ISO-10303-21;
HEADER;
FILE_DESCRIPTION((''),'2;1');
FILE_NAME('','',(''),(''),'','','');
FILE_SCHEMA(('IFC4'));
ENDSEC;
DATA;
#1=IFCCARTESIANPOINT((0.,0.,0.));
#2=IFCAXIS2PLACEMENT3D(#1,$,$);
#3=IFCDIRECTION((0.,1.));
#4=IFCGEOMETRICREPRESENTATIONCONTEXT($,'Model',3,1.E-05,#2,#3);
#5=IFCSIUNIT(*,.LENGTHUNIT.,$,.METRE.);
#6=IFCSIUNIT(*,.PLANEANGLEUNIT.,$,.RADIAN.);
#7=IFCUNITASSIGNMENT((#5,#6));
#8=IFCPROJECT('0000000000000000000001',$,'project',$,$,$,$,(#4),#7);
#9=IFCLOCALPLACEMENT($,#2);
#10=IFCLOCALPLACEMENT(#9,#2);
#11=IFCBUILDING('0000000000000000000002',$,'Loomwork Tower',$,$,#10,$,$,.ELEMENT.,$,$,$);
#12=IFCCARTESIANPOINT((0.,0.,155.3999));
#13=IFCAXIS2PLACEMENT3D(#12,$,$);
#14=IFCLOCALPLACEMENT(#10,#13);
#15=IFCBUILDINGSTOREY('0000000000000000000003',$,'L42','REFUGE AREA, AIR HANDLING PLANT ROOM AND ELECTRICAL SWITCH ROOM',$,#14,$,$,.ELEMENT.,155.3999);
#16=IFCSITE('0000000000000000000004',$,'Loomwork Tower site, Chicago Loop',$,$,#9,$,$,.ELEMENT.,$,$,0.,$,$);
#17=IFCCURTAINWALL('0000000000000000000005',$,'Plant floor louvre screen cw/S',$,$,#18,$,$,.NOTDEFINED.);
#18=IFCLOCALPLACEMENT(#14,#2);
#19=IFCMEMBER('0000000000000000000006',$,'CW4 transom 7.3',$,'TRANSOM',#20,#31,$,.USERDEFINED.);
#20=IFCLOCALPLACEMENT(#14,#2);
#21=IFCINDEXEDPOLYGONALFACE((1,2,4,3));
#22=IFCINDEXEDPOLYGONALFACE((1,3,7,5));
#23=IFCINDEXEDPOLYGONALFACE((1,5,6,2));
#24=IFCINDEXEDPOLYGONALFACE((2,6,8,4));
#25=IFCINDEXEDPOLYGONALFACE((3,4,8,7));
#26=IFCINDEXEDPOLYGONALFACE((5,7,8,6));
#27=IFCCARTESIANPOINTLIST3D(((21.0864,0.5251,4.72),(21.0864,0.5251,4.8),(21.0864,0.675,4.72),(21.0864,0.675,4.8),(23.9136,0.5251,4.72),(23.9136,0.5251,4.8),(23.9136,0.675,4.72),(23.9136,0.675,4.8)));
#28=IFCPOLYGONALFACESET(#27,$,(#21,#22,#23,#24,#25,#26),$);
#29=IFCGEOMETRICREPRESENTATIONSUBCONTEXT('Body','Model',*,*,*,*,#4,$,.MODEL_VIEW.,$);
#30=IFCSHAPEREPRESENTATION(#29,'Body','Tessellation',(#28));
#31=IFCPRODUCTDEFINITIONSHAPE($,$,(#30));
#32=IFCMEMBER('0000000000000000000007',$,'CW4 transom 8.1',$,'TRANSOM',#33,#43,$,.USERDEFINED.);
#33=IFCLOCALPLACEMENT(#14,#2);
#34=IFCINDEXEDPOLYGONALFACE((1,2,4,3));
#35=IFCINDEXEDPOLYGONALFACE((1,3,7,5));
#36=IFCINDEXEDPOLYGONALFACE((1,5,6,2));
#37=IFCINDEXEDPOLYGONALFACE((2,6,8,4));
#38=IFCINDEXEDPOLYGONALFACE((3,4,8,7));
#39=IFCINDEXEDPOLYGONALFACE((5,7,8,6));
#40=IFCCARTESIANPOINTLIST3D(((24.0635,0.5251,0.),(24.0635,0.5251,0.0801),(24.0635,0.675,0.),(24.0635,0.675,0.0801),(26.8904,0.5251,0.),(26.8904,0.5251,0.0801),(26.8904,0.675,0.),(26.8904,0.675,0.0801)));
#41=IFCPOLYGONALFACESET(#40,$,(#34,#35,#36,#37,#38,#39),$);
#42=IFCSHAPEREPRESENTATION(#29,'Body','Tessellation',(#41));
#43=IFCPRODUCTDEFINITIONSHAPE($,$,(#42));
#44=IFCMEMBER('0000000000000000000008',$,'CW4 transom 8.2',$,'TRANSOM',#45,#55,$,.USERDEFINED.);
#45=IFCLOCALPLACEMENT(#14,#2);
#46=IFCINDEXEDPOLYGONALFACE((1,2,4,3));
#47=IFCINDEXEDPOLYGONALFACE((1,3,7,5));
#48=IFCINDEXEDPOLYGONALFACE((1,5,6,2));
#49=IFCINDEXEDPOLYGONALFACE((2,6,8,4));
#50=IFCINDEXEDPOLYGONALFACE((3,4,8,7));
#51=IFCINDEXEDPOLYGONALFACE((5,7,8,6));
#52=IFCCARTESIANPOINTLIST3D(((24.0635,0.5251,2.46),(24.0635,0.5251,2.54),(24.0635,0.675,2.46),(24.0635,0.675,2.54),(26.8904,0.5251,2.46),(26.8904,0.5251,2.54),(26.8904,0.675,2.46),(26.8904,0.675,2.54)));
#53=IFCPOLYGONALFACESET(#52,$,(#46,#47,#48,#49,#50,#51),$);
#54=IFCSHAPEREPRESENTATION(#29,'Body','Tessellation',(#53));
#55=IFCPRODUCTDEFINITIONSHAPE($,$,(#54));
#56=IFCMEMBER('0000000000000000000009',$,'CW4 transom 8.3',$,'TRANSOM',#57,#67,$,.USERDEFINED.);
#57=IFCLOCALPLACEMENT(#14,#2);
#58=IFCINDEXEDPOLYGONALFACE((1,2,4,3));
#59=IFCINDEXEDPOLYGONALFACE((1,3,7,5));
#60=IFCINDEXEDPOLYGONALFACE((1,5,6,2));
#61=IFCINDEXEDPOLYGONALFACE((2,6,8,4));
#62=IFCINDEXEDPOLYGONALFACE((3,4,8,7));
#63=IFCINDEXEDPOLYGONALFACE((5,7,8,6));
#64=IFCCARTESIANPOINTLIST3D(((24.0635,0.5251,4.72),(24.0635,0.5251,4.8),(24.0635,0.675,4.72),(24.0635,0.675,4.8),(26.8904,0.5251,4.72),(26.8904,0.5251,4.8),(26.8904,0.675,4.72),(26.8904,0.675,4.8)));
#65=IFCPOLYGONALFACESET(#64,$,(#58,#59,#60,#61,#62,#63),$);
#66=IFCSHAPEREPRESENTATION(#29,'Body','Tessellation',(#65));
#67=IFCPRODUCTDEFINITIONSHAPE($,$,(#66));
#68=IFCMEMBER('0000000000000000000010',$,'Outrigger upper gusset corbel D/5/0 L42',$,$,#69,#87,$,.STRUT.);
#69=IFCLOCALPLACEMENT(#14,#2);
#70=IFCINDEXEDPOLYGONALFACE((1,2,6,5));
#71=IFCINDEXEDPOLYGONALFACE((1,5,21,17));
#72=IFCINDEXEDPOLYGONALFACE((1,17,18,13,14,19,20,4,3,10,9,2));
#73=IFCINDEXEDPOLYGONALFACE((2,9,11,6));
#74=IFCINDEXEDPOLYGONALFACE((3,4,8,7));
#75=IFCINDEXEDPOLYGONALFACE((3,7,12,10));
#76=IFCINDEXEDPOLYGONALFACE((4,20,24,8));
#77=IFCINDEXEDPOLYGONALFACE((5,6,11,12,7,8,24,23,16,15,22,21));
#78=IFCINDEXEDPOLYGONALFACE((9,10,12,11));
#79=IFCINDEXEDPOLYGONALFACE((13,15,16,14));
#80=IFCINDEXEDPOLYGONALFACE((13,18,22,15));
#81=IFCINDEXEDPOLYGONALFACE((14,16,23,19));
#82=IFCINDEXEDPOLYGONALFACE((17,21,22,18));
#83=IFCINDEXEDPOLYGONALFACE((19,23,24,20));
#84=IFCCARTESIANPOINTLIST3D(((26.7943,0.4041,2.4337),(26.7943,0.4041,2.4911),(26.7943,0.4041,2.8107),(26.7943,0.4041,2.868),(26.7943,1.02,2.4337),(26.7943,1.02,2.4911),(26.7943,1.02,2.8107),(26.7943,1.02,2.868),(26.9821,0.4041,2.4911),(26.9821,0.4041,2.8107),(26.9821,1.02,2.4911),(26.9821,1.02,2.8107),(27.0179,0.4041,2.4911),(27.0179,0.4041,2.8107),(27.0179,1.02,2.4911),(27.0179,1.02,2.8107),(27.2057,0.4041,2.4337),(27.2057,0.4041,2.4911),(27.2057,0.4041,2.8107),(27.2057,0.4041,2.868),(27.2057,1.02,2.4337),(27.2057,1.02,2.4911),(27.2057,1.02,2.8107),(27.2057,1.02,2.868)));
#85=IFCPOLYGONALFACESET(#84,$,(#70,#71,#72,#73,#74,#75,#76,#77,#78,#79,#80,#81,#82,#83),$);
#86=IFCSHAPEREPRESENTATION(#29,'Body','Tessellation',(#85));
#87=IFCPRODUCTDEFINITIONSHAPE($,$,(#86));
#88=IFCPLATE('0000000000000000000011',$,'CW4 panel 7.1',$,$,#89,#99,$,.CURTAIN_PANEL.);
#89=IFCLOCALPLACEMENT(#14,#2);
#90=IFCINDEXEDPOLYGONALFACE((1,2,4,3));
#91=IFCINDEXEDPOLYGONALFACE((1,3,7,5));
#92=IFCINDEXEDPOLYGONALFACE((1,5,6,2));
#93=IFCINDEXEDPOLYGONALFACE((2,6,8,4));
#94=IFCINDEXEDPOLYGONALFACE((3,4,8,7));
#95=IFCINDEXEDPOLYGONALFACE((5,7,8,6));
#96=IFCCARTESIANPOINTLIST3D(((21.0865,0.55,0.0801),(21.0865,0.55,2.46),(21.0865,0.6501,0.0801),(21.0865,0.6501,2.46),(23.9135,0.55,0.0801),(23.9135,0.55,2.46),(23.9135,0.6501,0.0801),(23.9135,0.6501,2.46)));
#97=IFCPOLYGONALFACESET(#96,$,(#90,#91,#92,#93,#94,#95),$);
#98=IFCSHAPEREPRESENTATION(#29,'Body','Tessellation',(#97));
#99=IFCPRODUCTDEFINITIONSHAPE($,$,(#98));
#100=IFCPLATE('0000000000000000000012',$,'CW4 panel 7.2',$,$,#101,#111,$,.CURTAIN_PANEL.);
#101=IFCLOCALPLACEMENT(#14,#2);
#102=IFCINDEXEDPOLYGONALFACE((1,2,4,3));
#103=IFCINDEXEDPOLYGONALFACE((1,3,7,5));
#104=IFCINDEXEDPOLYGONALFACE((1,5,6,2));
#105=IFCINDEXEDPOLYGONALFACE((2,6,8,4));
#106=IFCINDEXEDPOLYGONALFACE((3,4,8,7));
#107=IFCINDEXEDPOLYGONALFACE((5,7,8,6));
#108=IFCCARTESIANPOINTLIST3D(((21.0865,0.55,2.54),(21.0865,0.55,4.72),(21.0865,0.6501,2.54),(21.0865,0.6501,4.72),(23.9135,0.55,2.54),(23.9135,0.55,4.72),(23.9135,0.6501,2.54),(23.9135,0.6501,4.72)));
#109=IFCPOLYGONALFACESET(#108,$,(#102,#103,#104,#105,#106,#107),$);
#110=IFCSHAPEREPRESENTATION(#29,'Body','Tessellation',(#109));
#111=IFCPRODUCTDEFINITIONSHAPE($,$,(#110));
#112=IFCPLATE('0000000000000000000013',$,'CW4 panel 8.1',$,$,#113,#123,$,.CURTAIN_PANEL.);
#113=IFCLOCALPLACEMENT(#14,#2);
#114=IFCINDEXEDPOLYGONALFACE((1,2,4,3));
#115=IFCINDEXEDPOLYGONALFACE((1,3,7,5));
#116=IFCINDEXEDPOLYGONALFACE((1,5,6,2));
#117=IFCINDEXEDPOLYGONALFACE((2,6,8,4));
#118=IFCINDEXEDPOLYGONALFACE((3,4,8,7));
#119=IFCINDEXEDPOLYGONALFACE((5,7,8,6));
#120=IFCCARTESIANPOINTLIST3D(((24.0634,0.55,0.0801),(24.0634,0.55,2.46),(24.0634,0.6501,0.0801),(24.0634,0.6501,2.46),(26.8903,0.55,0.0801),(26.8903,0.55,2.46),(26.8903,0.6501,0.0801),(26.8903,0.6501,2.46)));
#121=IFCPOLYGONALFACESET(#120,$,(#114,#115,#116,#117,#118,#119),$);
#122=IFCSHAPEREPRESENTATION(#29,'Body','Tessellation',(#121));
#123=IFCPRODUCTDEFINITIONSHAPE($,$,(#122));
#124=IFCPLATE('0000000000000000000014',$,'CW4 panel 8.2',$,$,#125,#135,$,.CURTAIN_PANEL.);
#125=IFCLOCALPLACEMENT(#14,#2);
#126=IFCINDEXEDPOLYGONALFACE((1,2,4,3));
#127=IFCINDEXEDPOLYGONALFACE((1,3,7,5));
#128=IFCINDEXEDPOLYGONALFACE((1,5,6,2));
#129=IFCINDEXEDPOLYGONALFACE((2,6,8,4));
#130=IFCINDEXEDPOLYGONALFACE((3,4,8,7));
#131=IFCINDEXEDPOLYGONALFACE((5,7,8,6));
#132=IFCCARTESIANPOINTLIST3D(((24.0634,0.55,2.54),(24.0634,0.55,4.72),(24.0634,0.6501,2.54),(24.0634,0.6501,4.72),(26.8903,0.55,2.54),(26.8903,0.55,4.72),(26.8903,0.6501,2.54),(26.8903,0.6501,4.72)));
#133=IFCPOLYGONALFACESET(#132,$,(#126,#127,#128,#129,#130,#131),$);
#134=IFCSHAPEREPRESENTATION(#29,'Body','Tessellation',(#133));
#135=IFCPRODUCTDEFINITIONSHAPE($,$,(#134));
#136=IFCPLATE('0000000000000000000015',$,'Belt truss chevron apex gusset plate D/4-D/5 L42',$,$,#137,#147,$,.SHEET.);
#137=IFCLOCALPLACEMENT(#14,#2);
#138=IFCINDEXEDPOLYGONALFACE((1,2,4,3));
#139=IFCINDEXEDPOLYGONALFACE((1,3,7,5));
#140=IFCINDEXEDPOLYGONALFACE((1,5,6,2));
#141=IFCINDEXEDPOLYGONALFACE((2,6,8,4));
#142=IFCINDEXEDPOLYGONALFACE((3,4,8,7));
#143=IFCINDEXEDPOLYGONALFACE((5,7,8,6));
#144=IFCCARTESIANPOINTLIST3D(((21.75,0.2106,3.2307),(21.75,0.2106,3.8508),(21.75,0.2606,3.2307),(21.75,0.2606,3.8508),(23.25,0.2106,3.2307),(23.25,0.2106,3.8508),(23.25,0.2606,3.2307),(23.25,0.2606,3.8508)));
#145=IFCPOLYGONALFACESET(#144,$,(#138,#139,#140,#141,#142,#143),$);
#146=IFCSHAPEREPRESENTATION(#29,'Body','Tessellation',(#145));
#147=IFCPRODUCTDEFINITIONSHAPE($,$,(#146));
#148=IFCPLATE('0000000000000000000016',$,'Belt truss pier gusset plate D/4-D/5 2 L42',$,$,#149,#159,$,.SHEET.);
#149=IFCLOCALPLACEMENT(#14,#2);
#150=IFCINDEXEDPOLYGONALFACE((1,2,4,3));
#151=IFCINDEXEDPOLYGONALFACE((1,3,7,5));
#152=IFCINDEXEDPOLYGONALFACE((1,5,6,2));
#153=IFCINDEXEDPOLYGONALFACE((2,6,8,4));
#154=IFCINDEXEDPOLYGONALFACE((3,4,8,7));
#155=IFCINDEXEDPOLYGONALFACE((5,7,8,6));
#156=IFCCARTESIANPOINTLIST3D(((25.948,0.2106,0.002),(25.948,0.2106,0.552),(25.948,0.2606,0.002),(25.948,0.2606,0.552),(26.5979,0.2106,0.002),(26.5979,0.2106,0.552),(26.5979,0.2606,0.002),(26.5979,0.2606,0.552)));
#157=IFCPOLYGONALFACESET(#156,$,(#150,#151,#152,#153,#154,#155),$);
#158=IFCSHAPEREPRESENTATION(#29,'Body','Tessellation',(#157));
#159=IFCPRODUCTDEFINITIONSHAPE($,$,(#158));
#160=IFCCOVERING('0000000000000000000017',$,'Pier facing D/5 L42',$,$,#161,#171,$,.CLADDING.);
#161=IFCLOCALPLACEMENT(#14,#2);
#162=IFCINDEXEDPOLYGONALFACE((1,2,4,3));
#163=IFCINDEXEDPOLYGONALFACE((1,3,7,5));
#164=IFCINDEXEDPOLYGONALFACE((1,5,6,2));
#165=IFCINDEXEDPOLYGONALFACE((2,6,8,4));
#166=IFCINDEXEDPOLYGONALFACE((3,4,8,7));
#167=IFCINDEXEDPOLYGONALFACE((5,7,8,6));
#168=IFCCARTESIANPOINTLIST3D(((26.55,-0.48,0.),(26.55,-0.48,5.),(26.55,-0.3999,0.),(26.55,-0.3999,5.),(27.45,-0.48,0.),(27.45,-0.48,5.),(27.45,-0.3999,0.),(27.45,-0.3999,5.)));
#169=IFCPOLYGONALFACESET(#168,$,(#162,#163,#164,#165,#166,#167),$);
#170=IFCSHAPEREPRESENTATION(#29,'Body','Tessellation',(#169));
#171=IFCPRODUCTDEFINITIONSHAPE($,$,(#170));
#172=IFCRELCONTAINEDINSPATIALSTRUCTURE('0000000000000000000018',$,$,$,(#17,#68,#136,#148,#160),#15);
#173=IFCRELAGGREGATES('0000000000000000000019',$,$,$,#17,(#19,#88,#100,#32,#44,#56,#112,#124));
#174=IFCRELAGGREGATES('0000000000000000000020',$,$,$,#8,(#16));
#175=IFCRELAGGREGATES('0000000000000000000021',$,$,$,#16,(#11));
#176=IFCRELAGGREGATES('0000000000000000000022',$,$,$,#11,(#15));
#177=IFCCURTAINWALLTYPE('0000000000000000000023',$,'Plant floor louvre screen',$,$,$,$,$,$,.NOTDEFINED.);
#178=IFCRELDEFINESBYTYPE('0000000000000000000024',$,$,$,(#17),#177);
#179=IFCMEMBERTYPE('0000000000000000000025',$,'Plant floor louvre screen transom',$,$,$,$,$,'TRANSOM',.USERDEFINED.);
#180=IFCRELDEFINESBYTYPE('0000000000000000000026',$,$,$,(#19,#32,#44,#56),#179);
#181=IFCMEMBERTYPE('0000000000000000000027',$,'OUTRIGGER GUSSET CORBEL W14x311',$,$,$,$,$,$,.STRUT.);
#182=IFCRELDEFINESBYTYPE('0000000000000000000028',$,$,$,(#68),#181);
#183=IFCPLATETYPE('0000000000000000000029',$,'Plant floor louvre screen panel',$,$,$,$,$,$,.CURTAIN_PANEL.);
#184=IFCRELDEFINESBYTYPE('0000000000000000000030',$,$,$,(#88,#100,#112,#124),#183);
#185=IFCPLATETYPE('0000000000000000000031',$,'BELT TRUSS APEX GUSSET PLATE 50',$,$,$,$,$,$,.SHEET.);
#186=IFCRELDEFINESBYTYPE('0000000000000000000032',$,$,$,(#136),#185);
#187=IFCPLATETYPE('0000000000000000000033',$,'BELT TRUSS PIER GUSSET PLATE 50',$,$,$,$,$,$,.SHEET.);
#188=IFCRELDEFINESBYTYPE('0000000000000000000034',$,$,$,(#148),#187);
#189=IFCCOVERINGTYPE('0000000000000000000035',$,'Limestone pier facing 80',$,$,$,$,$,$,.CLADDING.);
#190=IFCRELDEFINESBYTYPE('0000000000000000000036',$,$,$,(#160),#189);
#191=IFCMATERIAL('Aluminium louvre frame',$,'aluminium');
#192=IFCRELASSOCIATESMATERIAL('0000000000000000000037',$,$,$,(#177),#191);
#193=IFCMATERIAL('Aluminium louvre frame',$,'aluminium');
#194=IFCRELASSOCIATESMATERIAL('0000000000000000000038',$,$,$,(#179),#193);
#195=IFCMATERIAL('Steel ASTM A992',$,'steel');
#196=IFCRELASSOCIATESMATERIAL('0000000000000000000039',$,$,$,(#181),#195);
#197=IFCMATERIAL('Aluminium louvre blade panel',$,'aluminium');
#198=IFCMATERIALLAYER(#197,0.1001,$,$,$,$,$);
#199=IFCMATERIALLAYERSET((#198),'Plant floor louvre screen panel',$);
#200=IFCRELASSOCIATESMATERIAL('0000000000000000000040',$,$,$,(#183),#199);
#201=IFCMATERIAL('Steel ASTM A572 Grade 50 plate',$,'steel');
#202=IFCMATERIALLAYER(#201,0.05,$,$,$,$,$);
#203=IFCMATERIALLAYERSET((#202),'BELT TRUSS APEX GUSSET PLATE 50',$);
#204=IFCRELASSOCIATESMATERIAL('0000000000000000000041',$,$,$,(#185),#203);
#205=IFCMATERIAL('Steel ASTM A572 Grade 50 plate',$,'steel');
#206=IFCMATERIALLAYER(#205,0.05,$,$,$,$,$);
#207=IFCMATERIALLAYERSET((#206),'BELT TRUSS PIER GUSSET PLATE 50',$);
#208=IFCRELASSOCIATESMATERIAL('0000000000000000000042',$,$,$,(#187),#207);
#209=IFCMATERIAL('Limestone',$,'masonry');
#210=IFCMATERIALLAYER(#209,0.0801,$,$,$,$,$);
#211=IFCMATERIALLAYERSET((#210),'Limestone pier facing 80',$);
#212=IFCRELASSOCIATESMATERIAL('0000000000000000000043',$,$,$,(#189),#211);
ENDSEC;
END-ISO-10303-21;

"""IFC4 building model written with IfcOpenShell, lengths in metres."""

from ifc_helpers import new_model, si_unit, direction, frame, origin, origin_2d, place, context, subcontext, project, spatial, rectangle, i_section, extrude, material, layer, layer_set, material_profile, profile_set, type_object, element, aggregate, save


model = new_model("IFC4")

# Units and contexts
model_context = context("Model", 3, precision=1e-05, world=origin(), true_north=direction((0.0, 1.0)))
body_context = subcontext(model_context, "Body", "Model", "MODEL_VIEW")
ifc_project = project(units=[si_unit("LENGTHUNIT", "METRE"), si_unit("PLANEANGLEUNIT", "RADIAN")], contexts=[model_context])

# Site, building, storey
site_placement = place(None, origin())
site = spatial("IfcSite", under=ifc_project, at=site_placement, Name="Loomwork Tower site, Chicago Loop", CompositionType="ELEMENT", RefElevation=0.0)
building_placement = place(site_placement, origin())
building = spatial("IfcBuilding", under=site, at=building_placement, Name="Loomwork Tower", CompositionType="ELEMENT")
storey_placement = place(building_placement, frame((0.0, 0.0, 155.3999)))
storey = spatial("IfcBuildingStorey", under=building, at=storey_placement, Name="L42", Description="REFUGE AREA, AIR HANDLING PLANT ROOM AND ELECTRICAL SWITCH ROOM", CompositionType="ELEMENT", Elevation=155.3999)

# Curtain wall, members
ifc_material_1 = material(Name="Aluminium louvre frame", Category="aluminium")
curtain_wall_type = type_object("IfcCurtainWallType", Name="Plant floor louvre screen", PredefinedType="NOTDEFINED", material=ifc_material_1)
curtain_wall_placement = place(storey_placement, origin())
curtain_wall = element("IfcCurtainWall", 1, at=curtain_wall_placement, inside=storey, type_object=curtain_wall_type, Name="Plant floor louvre screen cw/S", PredefinedType="NOTDEFINED")
ifc_material_2 = material(Name="Aluminium louvre frame", Category="aluminium")
ifc_material_profile_1 = material_profile(ifc_material_2, rectangle(XDim=0.1499, YDim=0.0801, at=origin_2d()), Name="AL 80x150")
ifc_profile_set_1 = profile_set([ifc_material_profile_1], Name="Aluminium louvre frame")
member_type_1 = type_object("IfcMemberType", Name="Plant floor louvre screen transom", ElementType="TRANSOM", PredefinedType="USERDEFINED", material=ifc_profile_set_1)
member_1_placement = place(storey_placement, frame((21.0864, 0.6001, 4.76), z_axis=(1.0, 0.0, 0.0), x_axis=(0.0, 1.0, 0.0)))
member_1 = element("IfcMember", 2, at=member_1_placement, type_object=member_type_1, Name="CW4 transom 7.3", ObjectType="TRANSOM", PredefinedType="USERDEFINED", context=body_context, shape_type="SweptSolid", body=[
    extrude(rectangle(XDim=0.1499, YDim=0.0801, at=origin_2d()), origin(), (0.0, 0.0, 1.0), 2.8271),
])
member_2_placement = place(storey_placement, frame((24.0635, 0.6001, 0.04), z_axis=(1.0, 0.0, 0.0), x_axis=(0.0, 1.0, 0.0)))
member_2 = element("IfcMember", 3, at=member_2_placement, type_object=member_type_1, Name="CW4 transom 8.1", ObjectType="TRANSOM", PredefinedType="USERDEFINED", context=body_context, shape_type="SweptSolid", body=[
    extrude(rectangle(XDim=0.1499, YDim=0.0801, at=origin_2d()), origin(), (0.0, 0.0, 1.0), 2.8269),
])
member_3_placement = place(storey_placement, frame((24.0635, 0.6001, 2.5), z_axis=(1.0, 0.0, 0.0), x_axis=(0.0, 1.0, 0.0)))
member_3 = element("IfcMember", 4, at=member_3_placement, type_object=member_type_1, Name="CW4 transom 8.2", ObjectType="TRANSOM", PredefinedType="USERDEFINED", context=body_context, shape_type="SweptSolid", body=[
    extrude(rectangle(XDim=0.1499, YDim=0.0801, at=origin_2d()), origin(), (0.0, 0.0, 1.0), 2.8269),
])
member_4_placement = place(storey_placement, frame((24.0635, 0.6001, 4.76), z_axis=(1.0, 0.0, 0.0), x_axis=(0.0, 1.0, 0.0)))
member_4 = element("IfcMember", 5, at=member_4_placement, type_object=member_type_1, Name="CW4 transom 8.3", ObjectType="TRANSOM", PredefinedType="USERDEFINED", context=body_context, shape_type="SweptSolid", body=[
    extrude(rectangle(XDim=0.1499, YDim=0.0801, at=origin_2d()), origin(), (0.0, 0.0, 1.0), 2.8269),
])

# Member
ifc_material_3 = material(Name="Steel ASTM A992", Category="steel")
ifc_material_profile_2 = material_profile(ifc_material_3, i_section(OverallWidth=0.4114, OverallDepth=0.4343, WebThickness=0.0359, FlangeThickness=0.0574, at=origin_2d()), Name="W14x311")
ifc_profile_set_2 = profile_set([ifc_material_profile_2], Name="Steel ASTM A992")
member_type_2 = type_object("IfcMemberType", Name="OUTRIGGER GUSSET CORBEL W14x311", PredefinedType="STRUT", material=ifc_profile_set_2)
member_5_placement = place(storey_placement, frame((27.0, 0.4041, 2.6509), z_axis=(0.0, 1.0, 0.0), x_axis=(-1.0, 0.0, 0.0)))
element("IfcMember", 6, at=member_5_placement, inside=storey, type_object=member_type_2, Name="Outrigger upper gusset corbel D/5/0 L42", PredefinedType="STRUT", context=body_context, shape_type="SweptSolid", body=[
    extrude(i_section(OverallWidth=0.4114, OverallDepth=0.4343, WebThickness=0.0359, FlangeThickness=0.0574, at=origin_2d()), origin(), (0.0, 0.0, 1.0), 0.616),
])

# Plates
ifc_material_4 = material(Name="Aluminium louvre blade panel", Category="aluminium")
ifc_layer_1 = layer(ifc_material_4, 0.1001)
ifc_layer_set_1 = layer_set([ifc_layer_1], Name="Plant floor louvre screen panel")
plate_type_1 = type_object("IfcPlateType", Name="Plant floor louvre screen panel", PredefinedType="CURTAIN_PANEL", material=ifc_layer_set_1)
plate_1_placement = place(storey_placement, frame((22.5, 0.6001, 0.0801), z_axis=(0.0, 0.0, 1.0), x_axis=(1.0, 0.0, 0.0)))
plate_1 = element("IfcPlate", 7, at=plate_1_placement, type_object=plate_type_1, Name="CW4 panel 7.1", PredefinedType="CURTAIN_PANEL", context=body_context, shape_type="SweptSolid", body=[
    extrude(rectangle(XDim=2.8269, YDim=0.1001, at=origin_2d()), origin(), (0.0, 0.0, 1.0), 2.3799),
])
plate_2_placement = place(storey_placement, frame((22.5, 0.6001, 2.54), z_axis=(0.0, 0.0, 1.0), x_axis=(1.0, 0.0, 0.0)))
plate_2 = element("IfcPlate", 8, at=plate_2_placement, type_object=plate_type_1, Name="CW4 panel 7.2", PredefinedType="CURTAIN_PANEL", context=body_context, shape_type="SweptSolid", body=[
    extrude(rectangle(XDim=2.8269, YDim=0.1001, at=origin_2d()), origin(), (0.0, 0.0, 1.0), 2.1799),
])
plate_3_placement = place(storey_placement, frame((25.4768, 0.6001, 0.0801), z_axis=(0.0, 0.0, 1.0), x_axis=(1.0, 0.0, 0.0)))
plate_3 = element("IfcPlate", 9, at=plate_3_placement, type_object=plate_type_1, Name="CW4 panel 8.1", PredefinedType="CURTAIN_PANEL", context=body_context, shape_type="SweptSolid", body=[
    extrude(rectangle(XDim=2.8269, YDim=0.1001, at=origin_2d()), origin(), (0.0, 0.0, 1.0), 2.3799),
])
plate_4_placement = place(storey_placement, frame((25.4768, 0.6001, 2.54), z_axis=(0.0, 0.0, 1.0), x_axis=(1.0, 0.0, 0.0)))
plate_4 = element("IfcPlate", 10, at=plate_4_placement, type_object=plate_type_1, Name="CW4 panel 8.2", PredefinedType="CURTAIN_PANEL", context=body_context, shape_type="SweptSolid", body=[
    extrude(rectangle(XDim=2.8269, YDim=0.1001, at=origin_2d()), origin(), (0.0, 0.0, 1.0), 2.1799),
])
aggregate(curtain_wall, [member_1, plate_1, plate_2, member_2, member_3, member_4, plate_3, plate_4])

# Plates
ifc_material_5 = material(Name="Steel ASTM A572 Grade 50 plate", Category="steel")
ifc_layer_2 = layer(ifc_material_5, 0.05)
ifc_layer_set_2 = layer_set([ifc_layer_2], Name="BELT TRUSS APEX GUSSET PLATE 50")
plate_type_2 = type_object("IfcPlateType", Name="BELT TRUSS APEX GUSSET PLATE 50", PredefinedType="SHEET", material=ifc_layer_set_2)
plate_5_placement = place(storey_placement, frame((22.5, 0.2356, 3.2307), z_axis=(0.0, 0.0, 1.0), x_axis=(1.0, 0.0, 0.0)))
element("IfcPlate", 11, at=plate_5_placement, inside=storey, type_object=plate_type_2, Name="Belt truss chevron apex gusset plate D/4-D/5 L42", PredefinedType="SHEET", context=body_context, shape_type="SweptSolid", body=[
    extrude(rectangle(XDim=1.5, YDim=0.05, at=origin_2d()), origin(), (0.0, 0.0, 1.0), 0.6201),
])
ifc_material_6 = material(Name="Steel ASTM A572 Grade 50 plate", Category="steel")
ifc_layer_3 = layer(ifc_material_6, 0.05)
ifc_layer_set_3 = layer_set([ifc_layer_3], Name="BELT TRUSS PIER GUSSET PLATE 50")
plate_type_3 = type_object("IfcPlateType", Name="BELT TRUSS PIER GUSSET PLATE 50", PredefinedType="SHEET", material=ifc_layer_set_3)
plate_6_placement = place(storey_placement, frame((26.2729, 0.2356, 0.002), z_axis=(0.0, 0.0, 1.0), x_axis=(1.0, 0.0, 0.0)))
element("IfcPlate", 12, at=plate_6_placement, inside=storey, type_object=plate_type_3, Name="Belt truss pier gusset plate D/4-D/5 2 L42", PredefinedType="SHEET", context=body_context, shape_type="SweptSolid", body=[
    extrude(rectangle(XDim=0.6499, YDim=0.05, at=origin_2d()), origin(), (0.0, 0.0, 1.0), 0.55),
])

# Covering
ifc_material_7 = material(Name="Limestone", Category="masonry")
ifc_layer_4 = layer(ifc_material_7, 0.0801)
ifc_layer_set_4 = layer_set([ifc_layer_4], Name="Limestone pier facing 80")
covering_type = type_object("IfcCoveringType", Name="Limestone pier facing 80", PredefinedType="CLADDING", material=ifc_layer_set_4)
covering_placement = place(storey_placement, frame((27.0, -0.4399, 0.0), z_axis=(0.0, 0.0, 1.0), x_axis=(1.0, 0.0, 0.0)))
element("IfcCovering", 13, at=covering_placement, inside=storey, type_object=covering_type, Name="Pier facing D/5 L42", PredefinedType="CLADDING", context=body_context, shape_type="SweptSolid", body=[
    extrude(rectangle(XDim=0.8999, YDim=0.0801, at=origin_2d()), origin(), (0.0, 0.0, 1.0), 5.0),
])

save(model, "model.ifc")
